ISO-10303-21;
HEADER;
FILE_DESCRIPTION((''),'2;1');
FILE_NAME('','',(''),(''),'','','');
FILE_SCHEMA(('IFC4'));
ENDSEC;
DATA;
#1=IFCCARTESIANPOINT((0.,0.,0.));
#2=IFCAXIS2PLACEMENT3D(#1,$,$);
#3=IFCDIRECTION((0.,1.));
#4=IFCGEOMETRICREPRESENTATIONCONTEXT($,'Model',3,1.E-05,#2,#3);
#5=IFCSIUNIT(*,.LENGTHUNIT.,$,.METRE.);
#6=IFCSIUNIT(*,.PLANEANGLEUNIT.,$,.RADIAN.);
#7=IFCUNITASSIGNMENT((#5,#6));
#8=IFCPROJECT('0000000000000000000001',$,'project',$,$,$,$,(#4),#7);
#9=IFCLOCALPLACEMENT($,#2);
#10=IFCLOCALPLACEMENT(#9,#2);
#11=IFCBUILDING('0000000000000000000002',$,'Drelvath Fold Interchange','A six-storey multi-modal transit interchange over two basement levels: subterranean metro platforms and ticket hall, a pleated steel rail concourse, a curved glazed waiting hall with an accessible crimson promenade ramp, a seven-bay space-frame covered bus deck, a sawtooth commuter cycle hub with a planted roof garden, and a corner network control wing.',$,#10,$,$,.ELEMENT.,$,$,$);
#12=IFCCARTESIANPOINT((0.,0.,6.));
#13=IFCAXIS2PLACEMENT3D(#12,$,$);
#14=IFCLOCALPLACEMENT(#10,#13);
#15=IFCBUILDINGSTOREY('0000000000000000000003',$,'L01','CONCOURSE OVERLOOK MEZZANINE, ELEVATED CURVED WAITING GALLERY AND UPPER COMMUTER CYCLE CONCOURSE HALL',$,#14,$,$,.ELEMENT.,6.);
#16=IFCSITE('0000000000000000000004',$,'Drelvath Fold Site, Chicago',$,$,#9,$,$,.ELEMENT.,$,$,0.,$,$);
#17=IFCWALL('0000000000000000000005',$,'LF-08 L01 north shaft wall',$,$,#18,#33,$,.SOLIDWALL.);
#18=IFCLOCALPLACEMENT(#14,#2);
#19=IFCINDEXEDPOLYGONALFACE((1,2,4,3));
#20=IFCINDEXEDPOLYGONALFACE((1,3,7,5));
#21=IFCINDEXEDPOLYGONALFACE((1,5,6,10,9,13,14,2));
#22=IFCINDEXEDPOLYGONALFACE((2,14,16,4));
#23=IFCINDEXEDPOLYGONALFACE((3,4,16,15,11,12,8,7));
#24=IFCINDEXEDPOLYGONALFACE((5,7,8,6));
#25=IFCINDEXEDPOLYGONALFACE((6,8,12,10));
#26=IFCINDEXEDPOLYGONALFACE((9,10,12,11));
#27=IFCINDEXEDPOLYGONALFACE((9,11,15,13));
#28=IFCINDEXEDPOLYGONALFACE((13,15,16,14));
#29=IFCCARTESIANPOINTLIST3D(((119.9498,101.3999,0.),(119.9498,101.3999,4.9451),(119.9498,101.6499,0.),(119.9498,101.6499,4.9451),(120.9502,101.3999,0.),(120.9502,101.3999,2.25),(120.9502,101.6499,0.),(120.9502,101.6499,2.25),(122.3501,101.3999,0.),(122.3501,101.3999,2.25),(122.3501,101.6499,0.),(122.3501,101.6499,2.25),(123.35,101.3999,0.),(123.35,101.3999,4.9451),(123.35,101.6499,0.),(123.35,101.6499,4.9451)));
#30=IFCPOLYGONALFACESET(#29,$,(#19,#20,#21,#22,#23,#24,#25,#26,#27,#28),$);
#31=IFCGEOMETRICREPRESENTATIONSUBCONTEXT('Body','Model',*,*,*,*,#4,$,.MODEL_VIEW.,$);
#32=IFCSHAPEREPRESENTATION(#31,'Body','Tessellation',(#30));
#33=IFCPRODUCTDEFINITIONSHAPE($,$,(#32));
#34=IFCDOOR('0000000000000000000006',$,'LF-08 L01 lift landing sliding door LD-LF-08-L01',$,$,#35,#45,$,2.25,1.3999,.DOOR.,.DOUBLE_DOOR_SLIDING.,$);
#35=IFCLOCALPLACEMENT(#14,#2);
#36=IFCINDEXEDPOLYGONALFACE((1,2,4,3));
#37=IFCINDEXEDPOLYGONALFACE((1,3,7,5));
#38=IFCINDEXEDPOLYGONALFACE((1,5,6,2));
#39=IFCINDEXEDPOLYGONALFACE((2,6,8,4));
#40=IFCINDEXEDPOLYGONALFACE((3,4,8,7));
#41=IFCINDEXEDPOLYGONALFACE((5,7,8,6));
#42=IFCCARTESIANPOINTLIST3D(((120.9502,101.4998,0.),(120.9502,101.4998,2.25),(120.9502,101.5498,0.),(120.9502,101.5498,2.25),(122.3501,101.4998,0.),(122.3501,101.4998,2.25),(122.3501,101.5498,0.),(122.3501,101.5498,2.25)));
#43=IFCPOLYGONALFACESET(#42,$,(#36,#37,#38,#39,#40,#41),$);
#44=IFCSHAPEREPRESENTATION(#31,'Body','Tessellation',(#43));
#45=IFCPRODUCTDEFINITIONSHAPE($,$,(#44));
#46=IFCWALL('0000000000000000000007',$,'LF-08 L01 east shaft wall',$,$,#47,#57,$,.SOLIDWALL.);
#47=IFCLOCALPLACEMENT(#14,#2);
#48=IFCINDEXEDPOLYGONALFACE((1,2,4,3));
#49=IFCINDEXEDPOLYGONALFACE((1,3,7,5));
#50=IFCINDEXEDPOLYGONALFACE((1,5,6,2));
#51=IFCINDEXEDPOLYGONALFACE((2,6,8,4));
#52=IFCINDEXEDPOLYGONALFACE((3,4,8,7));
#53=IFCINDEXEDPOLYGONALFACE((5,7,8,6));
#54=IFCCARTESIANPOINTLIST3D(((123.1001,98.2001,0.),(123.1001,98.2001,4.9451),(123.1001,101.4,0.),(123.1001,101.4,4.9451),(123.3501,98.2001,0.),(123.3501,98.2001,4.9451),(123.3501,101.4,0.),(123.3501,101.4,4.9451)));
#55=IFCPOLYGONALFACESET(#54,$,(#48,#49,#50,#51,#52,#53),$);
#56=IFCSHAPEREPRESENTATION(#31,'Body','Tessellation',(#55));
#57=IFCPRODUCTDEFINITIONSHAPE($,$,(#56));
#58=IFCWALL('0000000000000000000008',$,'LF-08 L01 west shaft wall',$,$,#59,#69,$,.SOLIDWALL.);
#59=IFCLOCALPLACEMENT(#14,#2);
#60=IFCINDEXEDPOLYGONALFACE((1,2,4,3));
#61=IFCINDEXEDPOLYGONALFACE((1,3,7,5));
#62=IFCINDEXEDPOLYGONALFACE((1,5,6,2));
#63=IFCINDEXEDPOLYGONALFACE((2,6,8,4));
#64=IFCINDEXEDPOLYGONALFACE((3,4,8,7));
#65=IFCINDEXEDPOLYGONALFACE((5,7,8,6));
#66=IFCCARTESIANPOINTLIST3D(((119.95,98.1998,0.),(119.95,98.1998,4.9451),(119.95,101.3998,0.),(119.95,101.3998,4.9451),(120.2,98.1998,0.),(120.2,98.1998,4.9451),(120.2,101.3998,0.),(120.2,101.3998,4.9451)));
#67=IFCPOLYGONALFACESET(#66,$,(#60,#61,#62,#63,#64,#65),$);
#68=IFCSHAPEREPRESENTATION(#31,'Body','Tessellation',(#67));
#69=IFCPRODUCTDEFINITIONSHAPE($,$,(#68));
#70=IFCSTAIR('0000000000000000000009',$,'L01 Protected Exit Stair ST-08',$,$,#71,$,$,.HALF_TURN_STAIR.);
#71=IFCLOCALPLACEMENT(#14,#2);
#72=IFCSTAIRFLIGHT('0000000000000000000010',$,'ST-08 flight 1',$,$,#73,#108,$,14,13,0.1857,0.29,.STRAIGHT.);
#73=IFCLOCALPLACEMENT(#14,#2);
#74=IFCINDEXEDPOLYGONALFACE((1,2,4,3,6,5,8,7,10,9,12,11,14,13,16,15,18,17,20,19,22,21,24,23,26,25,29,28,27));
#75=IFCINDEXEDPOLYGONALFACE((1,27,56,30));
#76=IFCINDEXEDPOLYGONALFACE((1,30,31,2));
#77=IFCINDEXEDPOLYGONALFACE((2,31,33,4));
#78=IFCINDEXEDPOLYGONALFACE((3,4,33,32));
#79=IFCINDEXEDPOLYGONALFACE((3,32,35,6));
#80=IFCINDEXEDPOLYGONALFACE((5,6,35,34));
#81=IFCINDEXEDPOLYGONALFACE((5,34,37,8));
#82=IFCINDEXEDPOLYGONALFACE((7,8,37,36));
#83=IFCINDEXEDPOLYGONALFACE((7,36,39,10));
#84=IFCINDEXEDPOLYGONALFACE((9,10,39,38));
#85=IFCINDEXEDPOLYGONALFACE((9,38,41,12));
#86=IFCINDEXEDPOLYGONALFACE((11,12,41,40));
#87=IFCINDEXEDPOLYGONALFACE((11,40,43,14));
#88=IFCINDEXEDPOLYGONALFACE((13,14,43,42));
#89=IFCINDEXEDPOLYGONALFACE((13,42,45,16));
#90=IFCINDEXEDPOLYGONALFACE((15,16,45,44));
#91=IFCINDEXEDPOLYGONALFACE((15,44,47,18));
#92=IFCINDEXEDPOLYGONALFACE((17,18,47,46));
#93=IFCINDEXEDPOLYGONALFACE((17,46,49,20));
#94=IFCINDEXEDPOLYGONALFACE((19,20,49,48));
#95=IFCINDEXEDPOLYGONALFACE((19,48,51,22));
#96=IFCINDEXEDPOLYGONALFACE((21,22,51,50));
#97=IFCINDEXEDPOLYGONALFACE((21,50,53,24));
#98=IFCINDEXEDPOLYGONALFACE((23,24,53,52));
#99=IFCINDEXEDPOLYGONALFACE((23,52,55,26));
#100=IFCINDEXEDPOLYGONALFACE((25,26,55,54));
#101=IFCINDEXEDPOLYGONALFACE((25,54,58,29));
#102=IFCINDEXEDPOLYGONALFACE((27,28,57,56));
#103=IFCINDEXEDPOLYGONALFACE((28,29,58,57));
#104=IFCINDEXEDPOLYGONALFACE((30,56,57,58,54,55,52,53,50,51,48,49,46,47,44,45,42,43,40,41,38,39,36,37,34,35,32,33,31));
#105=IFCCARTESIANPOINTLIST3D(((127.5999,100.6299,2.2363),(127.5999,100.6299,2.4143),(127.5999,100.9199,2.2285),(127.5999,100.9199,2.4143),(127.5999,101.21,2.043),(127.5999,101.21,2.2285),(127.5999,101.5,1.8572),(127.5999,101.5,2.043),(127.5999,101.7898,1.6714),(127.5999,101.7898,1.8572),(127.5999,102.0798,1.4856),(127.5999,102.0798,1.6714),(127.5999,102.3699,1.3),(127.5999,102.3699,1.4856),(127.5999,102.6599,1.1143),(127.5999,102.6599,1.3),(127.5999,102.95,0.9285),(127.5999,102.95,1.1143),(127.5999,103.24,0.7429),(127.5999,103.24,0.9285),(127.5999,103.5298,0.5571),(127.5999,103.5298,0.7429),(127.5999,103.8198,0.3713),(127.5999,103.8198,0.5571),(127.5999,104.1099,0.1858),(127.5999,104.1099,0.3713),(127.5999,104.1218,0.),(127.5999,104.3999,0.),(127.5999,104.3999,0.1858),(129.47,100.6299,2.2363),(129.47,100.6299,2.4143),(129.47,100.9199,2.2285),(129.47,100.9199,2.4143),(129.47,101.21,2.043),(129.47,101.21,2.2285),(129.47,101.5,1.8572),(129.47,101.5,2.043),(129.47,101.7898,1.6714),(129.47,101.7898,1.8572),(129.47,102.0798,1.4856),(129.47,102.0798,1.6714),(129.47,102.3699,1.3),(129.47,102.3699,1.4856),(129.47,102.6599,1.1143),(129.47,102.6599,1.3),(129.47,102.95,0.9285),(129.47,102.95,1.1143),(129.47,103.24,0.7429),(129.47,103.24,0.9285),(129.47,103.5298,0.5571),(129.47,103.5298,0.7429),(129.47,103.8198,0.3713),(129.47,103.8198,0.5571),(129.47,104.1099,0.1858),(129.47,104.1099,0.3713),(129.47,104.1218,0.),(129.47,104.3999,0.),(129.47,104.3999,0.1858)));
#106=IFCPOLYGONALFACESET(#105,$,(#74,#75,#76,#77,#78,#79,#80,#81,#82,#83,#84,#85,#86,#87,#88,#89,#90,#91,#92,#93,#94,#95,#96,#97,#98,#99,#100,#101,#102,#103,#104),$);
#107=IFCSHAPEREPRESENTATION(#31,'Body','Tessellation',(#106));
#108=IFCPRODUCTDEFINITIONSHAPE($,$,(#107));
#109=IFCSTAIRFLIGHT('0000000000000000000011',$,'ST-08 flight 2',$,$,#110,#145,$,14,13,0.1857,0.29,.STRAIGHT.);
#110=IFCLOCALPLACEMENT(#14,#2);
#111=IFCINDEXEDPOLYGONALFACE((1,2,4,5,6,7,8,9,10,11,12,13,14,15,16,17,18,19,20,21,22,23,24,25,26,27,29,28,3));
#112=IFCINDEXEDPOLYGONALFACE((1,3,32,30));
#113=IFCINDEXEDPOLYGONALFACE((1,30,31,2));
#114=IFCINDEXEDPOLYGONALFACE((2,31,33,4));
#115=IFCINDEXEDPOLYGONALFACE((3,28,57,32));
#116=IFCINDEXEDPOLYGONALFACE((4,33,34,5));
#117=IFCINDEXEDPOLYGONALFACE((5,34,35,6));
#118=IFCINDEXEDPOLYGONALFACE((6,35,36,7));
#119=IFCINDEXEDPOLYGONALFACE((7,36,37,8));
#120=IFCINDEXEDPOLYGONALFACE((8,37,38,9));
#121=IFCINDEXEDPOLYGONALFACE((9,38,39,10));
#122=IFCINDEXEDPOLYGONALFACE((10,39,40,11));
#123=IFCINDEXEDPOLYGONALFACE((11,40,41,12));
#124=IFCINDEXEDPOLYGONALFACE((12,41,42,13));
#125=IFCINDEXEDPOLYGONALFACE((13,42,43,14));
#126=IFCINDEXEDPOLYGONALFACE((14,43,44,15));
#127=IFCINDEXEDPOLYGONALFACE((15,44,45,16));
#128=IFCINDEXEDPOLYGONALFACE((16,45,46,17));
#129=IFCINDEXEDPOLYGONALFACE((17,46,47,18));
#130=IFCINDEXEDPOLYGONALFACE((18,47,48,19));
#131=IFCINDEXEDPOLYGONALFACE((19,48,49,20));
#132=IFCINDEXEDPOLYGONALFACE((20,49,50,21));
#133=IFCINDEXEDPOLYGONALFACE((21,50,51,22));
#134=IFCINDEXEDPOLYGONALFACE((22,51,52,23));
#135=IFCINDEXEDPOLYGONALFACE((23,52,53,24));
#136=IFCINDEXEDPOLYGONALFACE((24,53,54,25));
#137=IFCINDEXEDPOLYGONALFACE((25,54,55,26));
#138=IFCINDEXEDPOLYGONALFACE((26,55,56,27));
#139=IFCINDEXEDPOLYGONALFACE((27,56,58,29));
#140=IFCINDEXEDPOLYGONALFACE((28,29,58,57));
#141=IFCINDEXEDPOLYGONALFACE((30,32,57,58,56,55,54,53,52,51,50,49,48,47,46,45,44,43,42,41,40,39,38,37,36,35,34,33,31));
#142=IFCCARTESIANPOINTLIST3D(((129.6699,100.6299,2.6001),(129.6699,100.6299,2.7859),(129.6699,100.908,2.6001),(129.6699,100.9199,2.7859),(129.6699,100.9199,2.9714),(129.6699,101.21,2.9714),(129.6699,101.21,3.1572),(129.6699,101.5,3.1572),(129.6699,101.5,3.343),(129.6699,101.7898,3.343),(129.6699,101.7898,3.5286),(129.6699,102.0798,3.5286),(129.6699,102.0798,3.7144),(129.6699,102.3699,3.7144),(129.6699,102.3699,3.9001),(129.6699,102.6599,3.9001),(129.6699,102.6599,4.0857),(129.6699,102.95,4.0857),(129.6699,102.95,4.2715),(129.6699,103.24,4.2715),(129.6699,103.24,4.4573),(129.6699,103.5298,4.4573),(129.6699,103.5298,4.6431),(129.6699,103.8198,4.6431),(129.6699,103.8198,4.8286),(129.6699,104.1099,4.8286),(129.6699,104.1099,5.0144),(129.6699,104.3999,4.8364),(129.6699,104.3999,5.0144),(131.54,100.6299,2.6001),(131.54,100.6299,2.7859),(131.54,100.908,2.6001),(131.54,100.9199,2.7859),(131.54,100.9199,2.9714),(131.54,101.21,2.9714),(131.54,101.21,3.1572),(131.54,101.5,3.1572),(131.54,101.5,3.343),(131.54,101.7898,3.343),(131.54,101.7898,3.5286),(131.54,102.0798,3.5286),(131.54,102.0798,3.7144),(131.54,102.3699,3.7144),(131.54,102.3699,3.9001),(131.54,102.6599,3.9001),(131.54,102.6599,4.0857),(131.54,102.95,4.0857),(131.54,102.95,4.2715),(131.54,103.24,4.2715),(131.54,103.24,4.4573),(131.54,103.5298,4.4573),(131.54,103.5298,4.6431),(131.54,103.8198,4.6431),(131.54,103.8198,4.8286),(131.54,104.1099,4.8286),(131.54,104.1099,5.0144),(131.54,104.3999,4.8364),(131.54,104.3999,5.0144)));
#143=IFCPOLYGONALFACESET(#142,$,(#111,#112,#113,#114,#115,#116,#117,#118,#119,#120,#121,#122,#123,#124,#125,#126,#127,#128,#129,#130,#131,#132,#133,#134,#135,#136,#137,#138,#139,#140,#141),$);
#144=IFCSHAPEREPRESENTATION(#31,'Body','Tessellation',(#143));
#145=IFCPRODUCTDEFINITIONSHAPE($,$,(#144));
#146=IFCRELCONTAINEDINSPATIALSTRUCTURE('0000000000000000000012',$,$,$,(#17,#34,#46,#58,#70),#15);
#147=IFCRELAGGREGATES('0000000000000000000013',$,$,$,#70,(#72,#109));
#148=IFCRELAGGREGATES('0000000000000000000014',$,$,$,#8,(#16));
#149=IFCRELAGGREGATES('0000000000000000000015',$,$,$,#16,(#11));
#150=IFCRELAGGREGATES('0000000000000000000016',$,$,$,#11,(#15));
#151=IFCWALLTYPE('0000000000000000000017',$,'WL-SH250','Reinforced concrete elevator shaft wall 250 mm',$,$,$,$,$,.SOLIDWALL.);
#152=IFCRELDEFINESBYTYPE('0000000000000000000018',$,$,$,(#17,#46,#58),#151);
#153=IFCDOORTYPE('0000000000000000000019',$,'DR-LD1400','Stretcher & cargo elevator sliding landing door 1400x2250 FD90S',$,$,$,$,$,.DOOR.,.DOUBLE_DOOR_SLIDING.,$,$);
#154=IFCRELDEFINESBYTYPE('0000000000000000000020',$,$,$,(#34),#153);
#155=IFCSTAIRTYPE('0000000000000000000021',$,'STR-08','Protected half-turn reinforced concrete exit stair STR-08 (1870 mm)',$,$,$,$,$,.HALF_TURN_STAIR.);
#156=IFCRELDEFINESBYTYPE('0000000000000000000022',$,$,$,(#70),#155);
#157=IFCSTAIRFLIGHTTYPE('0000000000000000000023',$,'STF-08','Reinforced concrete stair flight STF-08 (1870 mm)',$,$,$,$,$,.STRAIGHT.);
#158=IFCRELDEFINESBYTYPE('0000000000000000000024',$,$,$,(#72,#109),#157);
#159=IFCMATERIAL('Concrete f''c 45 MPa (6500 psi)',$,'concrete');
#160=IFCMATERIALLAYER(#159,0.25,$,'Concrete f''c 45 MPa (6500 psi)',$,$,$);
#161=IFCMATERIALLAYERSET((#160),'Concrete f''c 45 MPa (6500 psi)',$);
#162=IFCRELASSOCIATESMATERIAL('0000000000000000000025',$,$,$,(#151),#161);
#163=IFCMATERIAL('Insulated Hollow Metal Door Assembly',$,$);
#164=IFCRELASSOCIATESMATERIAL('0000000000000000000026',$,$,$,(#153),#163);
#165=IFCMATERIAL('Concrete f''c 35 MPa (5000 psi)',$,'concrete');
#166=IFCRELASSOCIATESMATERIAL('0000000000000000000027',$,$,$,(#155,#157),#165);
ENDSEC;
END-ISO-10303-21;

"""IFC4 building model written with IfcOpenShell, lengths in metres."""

from ifc_helpers import new_model, si_unit, direction, frame, frame_2d, origin, place, context, subcontext, project, spatial, polyline, rectangle, outline, extrude, material, layer, layer_set, type_object, element, fill, aggregate, save


model = new_model("IFC4")

# Units and contexts
model_context = context("Model", 3, precision=1e-05, world=origin(), true_north=direction((0.0, 1.0)))
body_context = subcontext(model_context, "Body", "Model", "MODEL_VIEW")
ifc_project = project(units=[si_unit("LENGTHUNIT", "METRE"), si_unit("PLANEANGLEUNIT", "RADIAN")], contexts=[model_context])

# Site, building, storey
site_placement = place(None, origin())
site = spatial("IfcSite", under=ifc_project, at=site_placement, Name="Drelvath Fold Site, Chicago", CompositionType="ELEMENT", RefElevation=0.0)
building_placement = place(site_placement, origin())
building = spatial("IfcBuilding", under=site, at=building_placement, Name="Drelvath Fold Interchange", Description="A six-storey multi-modal transit interchange over two basement levels: subterranean metro platforms and ticket hall, a pleated steel rail concourse, a curved glazed waiting hall with an accessible crimson promenade ramp, a seven-bay space-frame covered bus deck, a sawtooth commuter cycle hub with a planted roof garden, and a corner network control wing.", CompositionType="ELEMENT")
storey_placement = place(building_placement, frame((0.0, 0.0, 6.0)))
storey = spatial("IfcBuildingStorey", under=building, at=storey_placement, Name="L01", Description="CONCOURSE OVERLOOK MEZZANINE, ELEVATED CURVED WAITING GALLERY AND UPPER COMMUTER CYCLE CONCOURSE HALL", CompositionType="ELEMENT", Elevation=6.0)

# Shared definitions
ifc_material_1 = material(Name="Concrete f'c 45 MPa (6500 psi)", Category="concrete")

# Shared definitions
ifc_material_2 = material(Name="Insulated Hollow Metal Door Assembly")

# Shared definitions
ifc_layer_1 = layer(ifc_material_1, 0.25, Name="Concrete f'c 45 MPa (6500 psi)")
ifc_layer_set_1 = layer_set([ifc_layer_1], Name="Concrete f'c 45 MPa (6500 psi)")
wall_type_1 = type_object("IfcWallType", Name="WL-SH250", Description="Reinforced concrete elevator shaft wall 250 mm", PredefinedType="SOLIDWALL", material=ifc_layer_set_1)

# Wall, opening, door
wall_1_placement = place(storey_placement, frame((123.3501, 101.5249, 0.0), z_axis=(0.0, 0.0, 1.0), x_axis=(-1.0, 0.0, 0.0)))
wall_1 = element("IfcWall", 1, at=wall_1_placement, inside=storey, type_object=wall_type_1, Name="LF-08 L01 north shaft wall", PredefinedType="SOLIDWALL", context=body_context, shape_type="SweptSolid", body=[
    extrude(rectangle(XDim=3.4001, YDim=0.25, at=frame_2d((1.7002, 0.0))), origin(), (0.0, 0.0, 1.0), 4.9451),
])
opening_1_placement = place(wall_1_placement, frame((1.0, 0.0, 0.0)))
opening_1 = element("IfcOpeningElement", 2, at=opening_1_placement, cuts=wall_1, PredefinedType="OPENING", context=body_context, shape_type="SweptSolid", body=[
    extrude(rectangle(XDim=1.3999, YDim=2.25, at=frame_2d((0.7, 1.125))), frame((0.0, 0.135, 0.0), z_axis=(0.0, -1.0, 0.0), x_axis=(1.0, 0.0, 0.0)), (0.0, 0.0, 1.0), 0.27),
])
door_type_1 = type_object("IfcDoorType", Name="DR-LD1400", Description="Stretcher & cargo elevator sliding landing door 1400x2250 FD90S", OperationType="DOUBLE_DOOR_SLIDING", PredefinedType="DOOR", material=ifc_material_2)
door_1_placement = place(opening_1_placement, frame((1.3999, 0.0, 0.0), z_axis=(0.0, 0.0, 1.0), x_axis=(-1.0, 0.0, 0.0)))
door_1 = element("IfcDoor", 3, at=door_1_placement, inside=storey, type_object=door_type_1, Name="LF-08 L01 lift landing sliding door LD-LF-08-L01", OperationType="DOUBLE_DOOR_SLIDING", OverallHeight=2.25, OverallWidth=1.3999, PredefinedType="DOOR", context=body_context, shape_type="SweptSolid", body=[
    extrude(rectangle(XDim=1.3999, YDim=2.25, at=frame_2d((0.7, 1.125))), frame((0.0, 0.0249, 0.0), z_axis=(0.0, -1.0, 0.0), x_axis=(1.0, 0.0, 0.0)), (0.0, 0.0, 1.0), 0.05),
])
fill(opening_1, door_1)

# Walls
for number, where, z_axis, x_axis, name in (
    (4, (123.2251, 98.2, 0.0), (0.0, 0.0, 1.0), (0.0, 1.0, 0.0), "LF-08 L01 east shaft wall"),
    (5, (120.075, 101.3999, 0.0), (0.0, 0.0, 1.0), (0.0, -1.0, 0.0), "LF-08 L01 west shaft wall"),
):
    element("IfcWall", number, at=place(storey_placement, frame(where, z_axis=z_axis, x_axis=x_axis)), inside=storey, type_object=wall_type_1, Name=name, PredefinedType="SOLIDWALL", context=body_context, shape_type="SweptSolid", body=[
        extrude(rectangle(XDim=3.2, YDim=0.25, at=frame_2d((1.6001, 0.0))), origin(), (0.0, 0.0, 1.0), 4.9451),
    ])

# Stair, stair flights
ifc_material_3 = material(Name="Concrete f'c 35 MPa (5000 psi)", Category="concrete")
stair_type = type_object("IfcStairType", Name="STR-08", Description="Protected half-turn reinforced concrete exit stair STR-08 (1870 mm)", PredefinedType="HALF_TURN_STAIR", material=ifc_material_3)
stair_placement = place(storey_placement, origin())
stair = element("IfcStair", 6, at=stair_placement, inside=storey, type_object=stair_type, Name="L01 Protected Exit Stair ST-08", PredefinedType="HALF_TURN_STAIR")
stair_flight_type = type_object("IfcStairFlightType", Name="STF-08", Description="Reinforced concrete stair flight STF-08 (1870 mm)", PredefinedType="STRAIGHT", material=ifc_material_3)
stair_flight_1_placement = place(storey_placement, frame((128.5349, 104.3999, 0.0), z_axis=(0.0, 0.0, 1.0), x_axis=(0.0, -1.0, 0.0)))
stair_flight_1 = element("IfcStairFlight", 7, at=stair_flight_1_placement, type_object=stair_flight_type, Name="ST-08 flight 1", NumberOfRisers=14, NumberOfTreads=13, PredefinedType="STRAIGHT", RiserHeight=0.1857, TreadLength=0.29, context=body_context, shape_type="SweptSolid", body=[
    extrude(outline(polyline([(0.0, 0.0), (0.0, 0.1858), (0.29, 0.1858), (0.29, 0.3713), (0.5801, 0.3713), (0.5801, 0.5571), (0.8701, 0.5571), (0.8701, 0.7429), (1.1599, 0.7429), (1.1599, 0.9285), (1.45, 0.9285), (1.45, 1.1143), (1.74, 1.1143), (1.74, 1.3), (2.03, 1.3), (2.03, 1.4856), (2.3201, 1.4856), (2.3201, 1.6714), (2.6101, 1.6714), (2.6101, 1.8572), (2.8999, 1.8572), (2.8999, 2.043), (3.1899, 2.043), (3.1899, 2.2285), (3.48, 2.2285), (3.48, 2.4143), (3.77, 2.4143), (3.77, 2.6001), (3.77, 2.2363), (0.2781, 0.0), (0.0, 0.0)])), frame((0.0, 0.9351, 0.0), z_axis=(0.0, -1.0, 0.0), x_axis=(1.0, 0.0, 0.0)), (0.0, 0.0, 1.0), 1.8701),
])
stair_flight_2_placement = place(storey_placement, frame((130.605, 100.6299, 2.6001), z_axis=(0.0, 0.0, 1.0), x_axis=(0.0, 1.0, 0.0)))
stair_flight_2 = element("IfcStairFlight", 8, at=stair_flight_2_placement, type_object=stair_flight_type, Name="ST-08 flight 2", NumberOfRisers=14, NumberOfTreads=13, PredefinedType="STRAIGHT", RiserHeight=0.1857, TreadLength=0.29, context=body_context, shape_type="SweptSolid", body=[
    extrude(outline(polyline([(0.0, 0.0), (0.0, 0.1858), (0.29, 0.1858), (0.29, 0.3713), (0.5801, 0.3713), (0.5801, 0.5571), (0.8701, 0.5571), (0.8701, 0.7429), (1.1599, 0.7429), (1.1599, 0.9285), (1.45, 0.9285), (1.45, 1.1143), (1.74, 1.1143), (1.74, 1.3), (2.03, 1.3), (2.03, 1.4856), (2.3201, 1.4856), (2.3201, 1.6714), (2.6101, 1.6714), (2.6101, 1.8572), (2.8999, 1.8572), (2.8999, 2.043), (3.1899, 2.043), (3.1899, 2.2285), (3.48, 2.2285), (3.48, 2.4143), (3.77, 2.4143), (3.77, 2.6001), (3.77, 2.2363), (0.2781, 0.0), (0.0, 0.0)])), frame((0.0, 0.9351, 0.0), z_axis=(0.0, -1.0, 0.0), x_axis=(1.0, 0.0, 0.0)), (0.0, 0.0, 1.0), 1.8701),
])
aggregate(stair, [stair_flight_1, stair_flight_2])

save(model, "model.ifc")
